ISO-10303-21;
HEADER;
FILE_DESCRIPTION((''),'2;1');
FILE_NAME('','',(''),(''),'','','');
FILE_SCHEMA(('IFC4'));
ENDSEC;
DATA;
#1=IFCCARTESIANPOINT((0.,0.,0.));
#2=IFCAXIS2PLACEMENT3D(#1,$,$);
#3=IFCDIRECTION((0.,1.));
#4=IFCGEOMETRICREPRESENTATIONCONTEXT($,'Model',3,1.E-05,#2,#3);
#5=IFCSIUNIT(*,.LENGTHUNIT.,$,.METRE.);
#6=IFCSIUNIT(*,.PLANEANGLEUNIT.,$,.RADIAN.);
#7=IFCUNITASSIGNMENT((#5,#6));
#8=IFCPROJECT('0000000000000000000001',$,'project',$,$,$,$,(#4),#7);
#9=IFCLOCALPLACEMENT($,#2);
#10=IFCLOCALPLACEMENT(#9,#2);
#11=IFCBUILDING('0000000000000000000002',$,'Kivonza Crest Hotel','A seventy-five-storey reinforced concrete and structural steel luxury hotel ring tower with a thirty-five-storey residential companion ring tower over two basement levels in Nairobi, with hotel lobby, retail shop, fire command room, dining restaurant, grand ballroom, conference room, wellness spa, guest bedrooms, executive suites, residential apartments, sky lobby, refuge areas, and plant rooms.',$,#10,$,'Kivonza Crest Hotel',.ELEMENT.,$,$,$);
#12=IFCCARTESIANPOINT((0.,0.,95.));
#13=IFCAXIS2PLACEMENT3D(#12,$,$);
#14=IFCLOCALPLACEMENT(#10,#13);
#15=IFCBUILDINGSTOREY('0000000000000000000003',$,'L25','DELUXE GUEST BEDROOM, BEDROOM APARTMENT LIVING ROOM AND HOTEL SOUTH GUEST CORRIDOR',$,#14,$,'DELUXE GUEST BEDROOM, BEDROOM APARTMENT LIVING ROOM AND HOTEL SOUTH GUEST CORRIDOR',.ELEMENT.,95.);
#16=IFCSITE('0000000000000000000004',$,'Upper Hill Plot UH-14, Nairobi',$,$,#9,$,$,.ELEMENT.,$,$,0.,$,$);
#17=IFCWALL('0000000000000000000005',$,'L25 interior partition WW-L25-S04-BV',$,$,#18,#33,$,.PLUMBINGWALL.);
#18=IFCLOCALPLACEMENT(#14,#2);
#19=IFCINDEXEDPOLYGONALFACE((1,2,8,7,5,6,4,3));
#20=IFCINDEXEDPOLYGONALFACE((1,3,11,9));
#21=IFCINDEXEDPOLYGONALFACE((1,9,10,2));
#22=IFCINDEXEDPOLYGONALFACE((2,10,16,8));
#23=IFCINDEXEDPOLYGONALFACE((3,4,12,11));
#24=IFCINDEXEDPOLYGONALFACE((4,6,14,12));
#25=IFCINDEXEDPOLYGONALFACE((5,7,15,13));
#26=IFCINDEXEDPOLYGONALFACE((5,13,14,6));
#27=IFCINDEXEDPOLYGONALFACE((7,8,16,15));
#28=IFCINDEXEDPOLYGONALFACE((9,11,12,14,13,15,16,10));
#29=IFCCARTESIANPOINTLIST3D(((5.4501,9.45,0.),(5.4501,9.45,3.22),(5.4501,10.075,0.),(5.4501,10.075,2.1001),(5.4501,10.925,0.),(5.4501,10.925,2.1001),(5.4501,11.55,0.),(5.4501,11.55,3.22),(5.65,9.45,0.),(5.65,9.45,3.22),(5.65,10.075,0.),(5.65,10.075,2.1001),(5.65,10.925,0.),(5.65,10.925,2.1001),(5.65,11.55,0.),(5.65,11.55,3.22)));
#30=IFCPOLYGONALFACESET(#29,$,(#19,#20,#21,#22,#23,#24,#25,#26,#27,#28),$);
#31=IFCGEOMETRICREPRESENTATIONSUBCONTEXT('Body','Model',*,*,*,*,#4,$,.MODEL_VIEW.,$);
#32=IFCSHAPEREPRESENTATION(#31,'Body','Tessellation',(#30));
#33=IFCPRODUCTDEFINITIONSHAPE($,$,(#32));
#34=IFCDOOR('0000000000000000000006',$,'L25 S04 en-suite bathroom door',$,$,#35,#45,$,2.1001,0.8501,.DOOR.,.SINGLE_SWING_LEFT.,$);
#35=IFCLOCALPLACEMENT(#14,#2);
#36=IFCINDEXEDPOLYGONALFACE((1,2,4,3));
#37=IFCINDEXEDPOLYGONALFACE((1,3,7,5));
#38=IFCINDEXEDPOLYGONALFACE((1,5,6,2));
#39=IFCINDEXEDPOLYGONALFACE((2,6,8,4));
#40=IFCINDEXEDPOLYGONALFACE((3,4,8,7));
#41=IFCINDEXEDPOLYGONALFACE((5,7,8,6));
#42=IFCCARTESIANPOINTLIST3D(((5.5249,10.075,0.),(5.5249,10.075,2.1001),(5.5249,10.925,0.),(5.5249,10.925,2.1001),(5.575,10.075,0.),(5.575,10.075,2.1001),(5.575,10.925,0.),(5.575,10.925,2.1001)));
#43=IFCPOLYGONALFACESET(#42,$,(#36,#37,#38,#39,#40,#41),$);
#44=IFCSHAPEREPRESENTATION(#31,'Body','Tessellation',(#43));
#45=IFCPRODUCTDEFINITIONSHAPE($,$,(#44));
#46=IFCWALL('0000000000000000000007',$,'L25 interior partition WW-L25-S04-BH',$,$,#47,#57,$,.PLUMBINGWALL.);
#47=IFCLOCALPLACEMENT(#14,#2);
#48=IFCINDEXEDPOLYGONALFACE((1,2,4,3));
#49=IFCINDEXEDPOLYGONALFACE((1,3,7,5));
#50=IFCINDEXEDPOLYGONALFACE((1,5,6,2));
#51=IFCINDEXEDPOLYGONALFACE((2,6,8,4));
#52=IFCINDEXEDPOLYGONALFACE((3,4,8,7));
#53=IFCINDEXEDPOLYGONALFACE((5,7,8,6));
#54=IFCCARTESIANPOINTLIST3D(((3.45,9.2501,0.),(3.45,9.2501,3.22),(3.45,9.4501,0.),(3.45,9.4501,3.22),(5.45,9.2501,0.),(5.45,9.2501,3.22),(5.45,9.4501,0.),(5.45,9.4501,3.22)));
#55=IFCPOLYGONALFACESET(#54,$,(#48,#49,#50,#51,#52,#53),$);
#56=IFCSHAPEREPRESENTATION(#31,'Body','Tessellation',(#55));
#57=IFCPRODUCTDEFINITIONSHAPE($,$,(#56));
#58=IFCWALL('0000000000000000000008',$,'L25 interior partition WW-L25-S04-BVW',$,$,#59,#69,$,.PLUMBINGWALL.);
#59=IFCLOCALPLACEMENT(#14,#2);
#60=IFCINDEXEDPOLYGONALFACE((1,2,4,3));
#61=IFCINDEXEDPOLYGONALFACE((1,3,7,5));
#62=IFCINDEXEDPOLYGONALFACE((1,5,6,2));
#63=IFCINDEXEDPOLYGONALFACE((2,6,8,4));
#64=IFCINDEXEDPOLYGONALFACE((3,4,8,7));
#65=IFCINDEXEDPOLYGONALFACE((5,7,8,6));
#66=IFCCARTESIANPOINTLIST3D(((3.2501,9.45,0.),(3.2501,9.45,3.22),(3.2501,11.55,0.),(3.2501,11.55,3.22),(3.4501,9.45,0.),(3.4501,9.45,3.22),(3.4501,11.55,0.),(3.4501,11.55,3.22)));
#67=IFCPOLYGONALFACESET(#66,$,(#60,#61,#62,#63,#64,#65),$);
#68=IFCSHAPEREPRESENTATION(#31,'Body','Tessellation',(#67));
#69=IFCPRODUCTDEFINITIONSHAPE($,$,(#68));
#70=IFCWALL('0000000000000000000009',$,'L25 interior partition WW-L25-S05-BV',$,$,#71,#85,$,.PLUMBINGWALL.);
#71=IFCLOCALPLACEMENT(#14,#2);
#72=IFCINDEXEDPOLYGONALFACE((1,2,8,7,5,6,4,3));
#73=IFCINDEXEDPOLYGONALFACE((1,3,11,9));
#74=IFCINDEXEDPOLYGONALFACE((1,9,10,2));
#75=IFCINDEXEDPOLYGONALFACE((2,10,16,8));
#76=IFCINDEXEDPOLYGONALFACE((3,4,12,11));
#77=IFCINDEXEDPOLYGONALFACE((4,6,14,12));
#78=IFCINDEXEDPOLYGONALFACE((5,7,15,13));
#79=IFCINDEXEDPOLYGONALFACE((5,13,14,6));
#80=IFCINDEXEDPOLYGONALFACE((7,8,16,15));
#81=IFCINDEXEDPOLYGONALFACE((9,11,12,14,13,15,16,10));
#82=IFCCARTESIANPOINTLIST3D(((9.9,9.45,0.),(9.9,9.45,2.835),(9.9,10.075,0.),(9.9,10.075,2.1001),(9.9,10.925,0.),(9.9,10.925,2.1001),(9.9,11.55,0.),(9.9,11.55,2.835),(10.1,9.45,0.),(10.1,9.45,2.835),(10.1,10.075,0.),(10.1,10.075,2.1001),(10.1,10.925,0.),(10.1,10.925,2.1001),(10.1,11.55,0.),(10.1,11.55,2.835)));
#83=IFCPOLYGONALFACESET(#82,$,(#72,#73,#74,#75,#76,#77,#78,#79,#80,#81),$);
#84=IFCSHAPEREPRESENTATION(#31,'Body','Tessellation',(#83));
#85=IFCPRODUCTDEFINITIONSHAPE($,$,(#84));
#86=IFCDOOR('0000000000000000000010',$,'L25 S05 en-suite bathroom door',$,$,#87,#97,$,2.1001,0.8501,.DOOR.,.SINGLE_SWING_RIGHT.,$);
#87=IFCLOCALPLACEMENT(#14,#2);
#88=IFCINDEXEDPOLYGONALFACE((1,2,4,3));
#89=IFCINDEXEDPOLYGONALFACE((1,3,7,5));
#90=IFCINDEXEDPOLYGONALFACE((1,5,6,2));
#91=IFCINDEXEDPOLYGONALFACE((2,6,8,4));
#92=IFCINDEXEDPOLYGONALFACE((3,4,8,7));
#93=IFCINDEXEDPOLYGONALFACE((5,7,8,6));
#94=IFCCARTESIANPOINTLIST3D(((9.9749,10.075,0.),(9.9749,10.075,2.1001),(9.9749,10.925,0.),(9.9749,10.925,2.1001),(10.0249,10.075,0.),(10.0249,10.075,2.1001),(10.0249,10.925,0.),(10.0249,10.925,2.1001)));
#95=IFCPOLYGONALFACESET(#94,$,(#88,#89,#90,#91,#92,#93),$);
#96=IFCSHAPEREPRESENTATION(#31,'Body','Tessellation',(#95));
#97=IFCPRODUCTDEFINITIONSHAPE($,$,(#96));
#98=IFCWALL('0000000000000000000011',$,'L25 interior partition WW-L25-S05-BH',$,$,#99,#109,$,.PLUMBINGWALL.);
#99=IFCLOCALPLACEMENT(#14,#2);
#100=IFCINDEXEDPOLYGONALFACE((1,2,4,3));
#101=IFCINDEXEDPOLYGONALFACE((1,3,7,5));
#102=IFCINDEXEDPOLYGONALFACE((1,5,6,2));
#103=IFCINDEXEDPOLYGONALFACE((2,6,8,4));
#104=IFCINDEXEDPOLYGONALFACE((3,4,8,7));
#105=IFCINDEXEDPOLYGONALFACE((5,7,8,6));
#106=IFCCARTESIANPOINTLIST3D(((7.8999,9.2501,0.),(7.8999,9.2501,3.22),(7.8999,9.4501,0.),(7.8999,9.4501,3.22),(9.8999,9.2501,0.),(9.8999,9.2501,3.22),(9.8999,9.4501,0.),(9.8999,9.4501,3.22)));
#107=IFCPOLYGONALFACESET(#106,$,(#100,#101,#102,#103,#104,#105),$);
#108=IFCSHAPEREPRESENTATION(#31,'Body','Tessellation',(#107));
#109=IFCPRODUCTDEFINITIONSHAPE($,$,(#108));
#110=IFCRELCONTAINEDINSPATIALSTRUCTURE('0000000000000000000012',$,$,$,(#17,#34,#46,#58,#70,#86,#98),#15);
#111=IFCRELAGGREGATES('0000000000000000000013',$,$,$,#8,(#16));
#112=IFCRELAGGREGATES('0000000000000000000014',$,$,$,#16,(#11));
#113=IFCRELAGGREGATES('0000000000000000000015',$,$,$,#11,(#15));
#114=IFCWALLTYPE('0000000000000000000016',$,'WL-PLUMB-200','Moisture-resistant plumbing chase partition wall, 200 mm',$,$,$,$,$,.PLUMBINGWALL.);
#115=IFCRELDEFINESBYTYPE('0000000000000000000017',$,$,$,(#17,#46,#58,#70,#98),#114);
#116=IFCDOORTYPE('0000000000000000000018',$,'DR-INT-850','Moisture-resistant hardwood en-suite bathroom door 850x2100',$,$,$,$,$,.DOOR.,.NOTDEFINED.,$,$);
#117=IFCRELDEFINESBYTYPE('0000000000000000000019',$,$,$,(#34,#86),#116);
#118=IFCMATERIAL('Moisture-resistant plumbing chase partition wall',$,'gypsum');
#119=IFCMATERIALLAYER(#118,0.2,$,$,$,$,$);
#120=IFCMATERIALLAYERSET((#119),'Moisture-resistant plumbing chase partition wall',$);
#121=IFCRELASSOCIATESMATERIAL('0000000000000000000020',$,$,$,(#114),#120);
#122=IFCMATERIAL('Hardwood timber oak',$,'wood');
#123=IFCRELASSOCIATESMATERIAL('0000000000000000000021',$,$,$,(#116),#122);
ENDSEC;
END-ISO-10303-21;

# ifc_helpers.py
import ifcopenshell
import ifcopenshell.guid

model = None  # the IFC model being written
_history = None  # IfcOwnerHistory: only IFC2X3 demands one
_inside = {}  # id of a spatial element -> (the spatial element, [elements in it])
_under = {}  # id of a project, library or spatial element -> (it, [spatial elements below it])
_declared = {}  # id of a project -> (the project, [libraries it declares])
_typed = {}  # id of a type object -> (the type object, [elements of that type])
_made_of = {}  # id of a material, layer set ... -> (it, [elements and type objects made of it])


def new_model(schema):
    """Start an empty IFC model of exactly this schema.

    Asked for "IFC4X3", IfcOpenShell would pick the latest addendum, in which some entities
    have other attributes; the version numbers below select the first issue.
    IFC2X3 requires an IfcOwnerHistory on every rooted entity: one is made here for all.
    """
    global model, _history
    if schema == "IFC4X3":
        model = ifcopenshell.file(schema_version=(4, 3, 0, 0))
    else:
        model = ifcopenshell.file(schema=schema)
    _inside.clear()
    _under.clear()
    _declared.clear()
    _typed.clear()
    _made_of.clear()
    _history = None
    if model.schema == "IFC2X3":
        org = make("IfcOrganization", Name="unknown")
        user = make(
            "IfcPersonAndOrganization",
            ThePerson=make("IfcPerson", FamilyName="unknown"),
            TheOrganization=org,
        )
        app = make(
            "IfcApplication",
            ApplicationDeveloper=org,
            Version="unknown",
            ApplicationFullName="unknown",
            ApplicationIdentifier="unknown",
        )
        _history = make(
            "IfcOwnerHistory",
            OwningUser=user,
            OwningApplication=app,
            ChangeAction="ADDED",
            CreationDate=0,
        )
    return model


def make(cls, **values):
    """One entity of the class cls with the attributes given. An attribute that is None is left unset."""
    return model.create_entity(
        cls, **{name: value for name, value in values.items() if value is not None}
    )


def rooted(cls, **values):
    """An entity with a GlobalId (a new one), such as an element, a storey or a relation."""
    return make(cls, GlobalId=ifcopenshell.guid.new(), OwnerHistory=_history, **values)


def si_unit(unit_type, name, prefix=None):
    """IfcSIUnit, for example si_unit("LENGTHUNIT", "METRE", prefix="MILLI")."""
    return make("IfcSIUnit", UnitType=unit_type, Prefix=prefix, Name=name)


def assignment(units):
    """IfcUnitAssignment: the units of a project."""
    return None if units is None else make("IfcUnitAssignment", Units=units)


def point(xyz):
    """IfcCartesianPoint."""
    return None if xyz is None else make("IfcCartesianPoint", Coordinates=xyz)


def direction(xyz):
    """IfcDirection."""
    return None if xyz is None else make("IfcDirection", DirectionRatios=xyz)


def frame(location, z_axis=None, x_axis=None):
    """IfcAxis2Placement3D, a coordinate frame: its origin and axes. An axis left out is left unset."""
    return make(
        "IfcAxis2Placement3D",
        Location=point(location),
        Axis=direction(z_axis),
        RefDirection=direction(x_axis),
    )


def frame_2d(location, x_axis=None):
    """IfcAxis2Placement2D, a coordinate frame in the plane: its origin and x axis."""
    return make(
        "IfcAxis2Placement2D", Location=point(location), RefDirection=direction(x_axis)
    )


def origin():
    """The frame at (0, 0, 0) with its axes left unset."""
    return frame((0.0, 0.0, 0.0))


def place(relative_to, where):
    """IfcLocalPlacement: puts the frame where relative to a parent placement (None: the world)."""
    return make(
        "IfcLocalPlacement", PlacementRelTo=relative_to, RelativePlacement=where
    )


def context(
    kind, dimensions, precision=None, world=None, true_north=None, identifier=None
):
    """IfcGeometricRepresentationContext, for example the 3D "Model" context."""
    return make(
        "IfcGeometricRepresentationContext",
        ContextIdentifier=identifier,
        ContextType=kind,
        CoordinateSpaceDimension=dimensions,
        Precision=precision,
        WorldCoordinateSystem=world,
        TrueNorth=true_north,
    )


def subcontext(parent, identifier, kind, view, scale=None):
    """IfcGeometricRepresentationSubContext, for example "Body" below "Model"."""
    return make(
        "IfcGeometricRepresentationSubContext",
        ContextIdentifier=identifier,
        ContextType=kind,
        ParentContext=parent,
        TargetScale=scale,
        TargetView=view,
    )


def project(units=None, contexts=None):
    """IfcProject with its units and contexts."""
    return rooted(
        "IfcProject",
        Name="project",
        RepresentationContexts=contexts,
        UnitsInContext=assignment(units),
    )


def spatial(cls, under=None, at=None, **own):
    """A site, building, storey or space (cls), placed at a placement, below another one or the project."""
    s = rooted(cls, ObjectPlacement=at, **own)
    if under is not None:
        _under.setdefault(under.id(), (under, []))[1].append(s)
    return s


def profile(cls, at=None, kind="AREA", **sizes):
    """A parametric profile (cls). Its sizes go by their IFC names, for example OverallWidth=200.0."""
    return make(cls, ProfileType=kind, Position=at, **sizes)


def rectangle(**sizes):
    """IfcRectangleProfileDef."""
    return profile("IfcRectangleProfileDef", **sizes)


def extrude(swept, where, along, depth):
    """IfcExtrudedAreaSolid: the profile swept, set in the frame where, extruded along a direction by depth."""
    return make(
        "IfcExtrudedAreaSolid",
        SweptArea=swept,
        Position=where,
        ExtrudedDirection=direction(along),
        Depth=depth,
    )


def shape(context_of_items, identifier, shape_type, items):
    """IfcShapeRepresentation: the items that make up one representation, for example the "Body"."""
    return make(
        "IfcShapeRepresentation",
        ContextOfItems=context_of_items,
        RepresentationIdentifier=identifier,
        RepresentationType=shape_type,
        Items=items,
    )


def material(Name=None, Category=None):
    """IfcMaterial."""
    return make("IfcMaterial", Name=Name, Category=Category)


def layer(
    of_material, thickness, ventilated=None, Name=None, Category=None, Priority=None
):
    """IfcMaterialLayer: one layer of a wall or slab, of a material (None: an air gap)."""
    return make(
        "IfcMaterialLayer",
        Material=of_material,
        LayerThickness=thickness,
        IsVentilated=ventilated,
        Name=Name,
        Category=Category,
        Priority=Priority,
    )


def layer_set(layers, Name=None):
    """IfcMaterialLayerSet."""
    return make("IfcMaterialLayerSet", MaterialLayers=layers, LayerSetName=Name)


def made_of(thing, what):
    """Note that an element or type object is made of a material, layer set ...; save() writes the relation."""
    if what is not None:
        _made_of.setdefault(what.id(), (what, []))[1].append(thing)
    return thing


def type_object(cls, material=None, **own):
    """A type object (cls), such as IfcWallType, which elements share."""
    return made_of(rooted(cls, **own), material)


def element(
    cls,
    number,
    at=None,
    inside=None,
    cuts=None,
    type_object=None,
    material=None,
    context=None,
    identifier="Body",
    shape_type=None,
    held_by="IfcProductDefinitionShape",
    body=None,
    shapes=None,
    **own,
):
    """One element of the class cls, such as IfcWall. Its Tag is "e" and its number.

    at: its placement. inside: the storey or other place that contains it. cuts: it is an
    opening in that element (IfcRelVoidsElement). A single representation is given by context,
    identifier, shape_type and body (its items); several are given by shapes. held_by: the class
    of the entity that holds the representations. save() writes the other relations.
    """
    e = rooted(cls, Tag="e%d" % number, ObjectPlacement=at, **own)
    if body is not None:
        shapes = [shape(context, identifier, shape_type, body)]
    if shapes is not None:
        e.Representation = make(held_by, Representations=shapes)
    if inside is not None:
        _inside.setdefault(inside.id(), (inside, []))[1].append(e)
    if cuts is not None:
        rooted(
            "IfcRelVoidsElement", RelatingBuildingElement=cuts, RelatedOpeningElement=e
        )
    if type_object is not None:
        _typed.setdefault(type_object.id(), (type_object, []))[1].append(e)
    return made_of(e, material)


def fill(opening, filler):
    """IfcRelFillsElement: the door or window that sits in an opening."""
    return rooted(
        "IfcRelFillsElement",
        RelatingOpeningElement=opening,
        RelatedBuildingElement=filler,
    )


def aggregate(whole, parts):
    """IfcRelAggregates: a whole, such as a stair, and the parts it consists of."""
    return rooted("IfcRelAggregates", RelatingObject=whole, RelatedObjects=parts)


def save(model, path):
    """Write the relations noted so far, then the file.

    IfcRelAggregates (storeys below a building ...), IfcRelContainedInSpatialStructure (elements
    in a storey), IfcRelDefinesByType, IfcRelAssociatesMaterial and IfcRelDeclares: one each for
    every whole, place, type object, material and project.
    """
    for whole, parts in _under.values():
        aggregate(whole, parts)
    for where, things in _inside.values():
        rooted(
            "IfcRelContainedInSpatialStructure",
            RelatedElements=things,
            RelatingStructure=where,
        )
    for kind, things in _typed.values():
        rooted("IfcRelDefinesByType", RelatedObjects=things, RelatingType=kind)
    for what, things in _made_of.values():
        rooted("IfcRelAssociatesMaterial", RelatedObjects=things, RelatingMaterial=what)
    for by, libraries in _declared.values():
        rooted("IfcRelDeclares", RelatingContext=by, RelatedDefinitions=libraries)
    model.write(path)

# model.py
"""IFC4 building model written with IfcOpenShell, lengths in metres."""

from ifc_helpers import new_model, si_unit, direction, frame, frame_2d, origin, place, context, subcontext, project, spatial, rectangle, extrude, material, layer, layer_set, type_object, element, fill, save


model = new_model("IFC4")

# Units and contexts
model_context = context("Model", 3, precision=1e-05, world=origin(), true_north=direction((0.0, 1.0)))
body_context = subcontext(model_context, "Body", "Model", "MODEL_VIEW")
ifc_project = project(units=[si_unit("LENGTHUNIT", "METRE"), si_unit("PLANEANGLEUNIT", "RADIAN")], contexts=[model_context])

# Site, building, storey
site_placement = place(None, origin())
site = spatial("IfcSite", under=ifc_project, at=site_placement, Name="Upper Hill Plot UH-14, Nairobi", CompositionType="ELEMENT", RefElevation=0.0)
building_placement = place(site_placement, origin())
building = spatial("IfcBuilding", under=site, at=building_placement, Name="Kivonza Crest Hotel", Description="A seventy-five-storey reinforced concrete and structural steel luxury hotel ring tower with a thirty-five-storey residential companion ring tower over two basement levels in Nairobi, with hotel lobby, retail shop, fire command room, dining restaurant, grand ballroom, conference room, wellness spa, guest bedrooms, executive suites, residential apartments, sky lobby, refuge areas, and plant rooms.", LongName="Kivonza Crest Hotel", CompositionType="ELEMENT")
storey_placement = place(building_placement, frame((0.0, 0.0, 95.0)))
storey = spatial("IfcBuildingStorey", under=building, at=storey_placement, Name="L25", Description="DELUXE GUEST BEDROOM, BEDROOM APARTMENT LIVING ROOM AND HOTEL SOUTH GUEST CORRIDOR", LongName="DELUXE GUEST BEDROOM, BEDROOM APARTMENT LIVING ROOM AND HOTEL SOUTH GUEST CORRIDOR", CompositionType="ELEMENT", Elevation=95.0)

# Shared definitions
ifc_material_1 = material(Name="Hardwood timber oak", Category="wood")

# Wall, opening, door
ifc_material_2 = material(Name="Moisture-resistant plumbing chase partition wall", Category="gypsum")
ifc_layer_1 = layer(ifc_material_2, 0.2)
ifc_layer_set_1 = layer_set([ifc_layer_1], Name="Moisture-resistant plumbing chase partition wall")
wall_type_1 = type_object("IfcWallType", Name="WL-PLUMB-200", Description="Moisture-resistant plumbing chase partition wall, 200 mm", PredefinedType="PLUMBINGWALL", material=ifc_layer_set_1)
wall_1_placement = place(storey_placement, frame((5.55, 9.45, 0.0), z_axis=(0.0, 0.0, 1.0), x_axis=(0.0, 1.0, 0.0)))
wall_1 = element("IfcWall", 1, at=wall_1_placement, inside=storey, type_object=wall_type_1, Name="L25 interior partition WW-L25-S04-BV", PredefinedType="PLUMBINGWALL", context=body_context, shape_type="SweptSolid", body=[
    extrude(rectangle(XDim=2.1001, YDim=0.2, at=frame_2d((1.05, 0.0))), origin(), (0.0, 0.0, 1.0), 3.22),
])
opening_1_placement = place(wall_1_placement, frame((0.625, 0.0, 0.0)))
opening_1 = element("IfcOpeningElement", 2, at=opening_1_placement, cuts=wall_1, PredefinedType="OPENING", context=body_context, shape_type="SweptSolid", body=[
    extrude(rectangle(XDim=0.8501, YDim=2.1001, at=frame_2d((0.425, 1.05))), frame((0.0, 0.1099, 0.0), z_axis=(0.0, -1.0, 0.0), x_axis=(1.0, 0.0, 0.0)), (0.0, 0.0, 1.0), 0.22),
])
door_type_1 = type_object("IfcDoorType", Name="DR-INT-850", Description="Moisture-resistant hardwood en-suite bathroom door 850x2100", OperationType="NOTDEFINED", PredefinedType="DOOR", material=ifc_material_1)
door_1_placement = place(opening_1_placement, frame((0.8501, 0.0, 0.0), z_axis=(0.0, 0.0, 1.0), x_axis=(-1.0, 0.0, 0.0)))
door_1 = element("IfcDoor", 3, at=door_1_placement, inside=storey, type_object=door_type_1, Name="L25 S04 en-suite bathroom door", OperationType="SINGLE_SWING_LEFT", OverallHeight=2.1001, OverallWidth=0.8501, PredefinedType="DOOR", context=body_context, shape_type="SweptSolid", body=[
    extrude(rectangle(XDim=0.8501, YDim=2.1001, at=frame_2d((0.425, 1.05))), frame((0.0, 0.0249, 0.0), z_axis=(0.0, -1.0, 0.0), x_axis=(1.0, 0.0, 0.0)), (0.0, 0.0, 1.0), 0.05),
])
fill(opening_1, door_1)

# Walls
wall_2_placement = place(storey_placement, frame((3.45, 9.3501, 0.0), z_axis=(0.0, 0.0, 1.0), x_axis=(1.0, 0.0, 0.0)))
element("IfcWall", 4, at=wall_2_placement, inside=storey, type_object=wall_type_1, Name="L25 interior partition WW-L25-S04-BH", PredefinedType="PLUMBINGWALL", context=body_context, shape_type="SweptSolid", body=[
    extrude(rectangle(XDim=2.0, YDim=0.2, at=frame_2d((1.0, 0.0))), origin(), (0.0, 0.0, 1.0), 3.22),
])
wall_3_placement = place(storey_placement, frame((3.3501, 9.45, 0.0), z_axis=(0.0, 0.0, 1.0), x_axis=(0.0, 1.0, 0.0)))
element("IfcWall", 5, at=wall_3_placement, inside=storey, type_object=wall_type_1, Name="L25 interior partition WW-L25-S04-BVW", PredefinedType="PLUMBINGWALL", context=body_context, shape_type="SweptSolid", body=[
    extrude(rectangle(XDim=2.1001, YDim=0.2, at=frame_2d((1.05, 0.0))), origin(), (0.0, 0.0, 1.0), 3.22),
])

# Wall, opening, door
wall_4_placement = place(storey_placement, frame((10.0, 9.45, 0.0), z_axis=(0.0, 0.0, 1.0), x_axis=(0.0, 1.0, 0.0)))
wall_4 = element("IfcWall", 6, at=wall_4_placement, inside=storey, type_object=wall_type_1, Name="L25 interior partition WW-L25-S05-BV", PredefinedType="PLUMBINGWALL", context=body_context, shape_type="SweptSolid", body=[
    extrude(rectangle(XDim=2.1001, YDim=0.2, at=frame_2d((1.05, 0.0))), origin(), (0.0, 0.0, 1.0), 2.835),
])
opening_2_placement = place(wall_4_placement, frame((0.625, 0.0, 0.0)))
opening_2 = element("IfcOpeningElement", 7, at=opening_2_placement, cuts=wall_4, PredefinedType="OPENING", context=body_context, shape_type="SweptSolid", body=[
    extrude(rectangle(XDim=0.8501, YDim=2.1001, at=frame_2d((0.425, 1.05))), frame((0.0, 0.1099, 0.0), z_axis=(0.0, -1.0, 0.0), x_axis=(1.0, 0.0, 0.0)), (0.0, 0.0, 1.0), 0.22),
])
door_2_placement = place(opening_2_placement, frame((0.8501, 0.0, 0.0), z_axis=(0.0, 0.0, 1.0), x_axis=(-1.0, 0.0, 0.0)))
door_2 = element("IfcDoor", 8, at=door_2_placement, inside=storey, type_object=door_type_1, Name="L25 S05 en-suite bathroom door", OperationType="SINGLE_SWING_RIGHT", OverallHeight=2.1001, OverallWidth=0.8501, PredefinedType="DOOR", context=body_context, shape_type="SweptSolid", body=[
    extrude(rectangle(XDim=0.8501, YDim=2.1001, at=frame_2d((0.425, 1.05))), frame((0.0, 0.0249, 0.0), z_axis=(0.0, -1.0, 0.0), x_axis=(1.0, 0.0, 0.0)), (0.0, 0.0, 1.0), 0.05),
])
fill(opening_2, door_2)

# Wall
wall_5_placement = place(storey_placement, frame((7.8999, 9.3501, 0.0), z_axis=(0.0, 0.0, 1.0), x_axis=(1.0, 0.0, 0.0)))
element("IfcWall", 9, at=wall_5_placement, inside=storey, type_object=wall_type_1, Name="L25 interior partition WW-L25-S05-BH", PredefinedType="PLUMBINGWALL", context=body_context, shape_type="SweptSolid", body=[
    extrude(rectangle(XDim=2.0, YDim=0.2, at=frame_2d((1.0, 0.0))), origin(), (0.0, 0.0, 1.0), 3.22),
])

save(model, "model.ifc")
